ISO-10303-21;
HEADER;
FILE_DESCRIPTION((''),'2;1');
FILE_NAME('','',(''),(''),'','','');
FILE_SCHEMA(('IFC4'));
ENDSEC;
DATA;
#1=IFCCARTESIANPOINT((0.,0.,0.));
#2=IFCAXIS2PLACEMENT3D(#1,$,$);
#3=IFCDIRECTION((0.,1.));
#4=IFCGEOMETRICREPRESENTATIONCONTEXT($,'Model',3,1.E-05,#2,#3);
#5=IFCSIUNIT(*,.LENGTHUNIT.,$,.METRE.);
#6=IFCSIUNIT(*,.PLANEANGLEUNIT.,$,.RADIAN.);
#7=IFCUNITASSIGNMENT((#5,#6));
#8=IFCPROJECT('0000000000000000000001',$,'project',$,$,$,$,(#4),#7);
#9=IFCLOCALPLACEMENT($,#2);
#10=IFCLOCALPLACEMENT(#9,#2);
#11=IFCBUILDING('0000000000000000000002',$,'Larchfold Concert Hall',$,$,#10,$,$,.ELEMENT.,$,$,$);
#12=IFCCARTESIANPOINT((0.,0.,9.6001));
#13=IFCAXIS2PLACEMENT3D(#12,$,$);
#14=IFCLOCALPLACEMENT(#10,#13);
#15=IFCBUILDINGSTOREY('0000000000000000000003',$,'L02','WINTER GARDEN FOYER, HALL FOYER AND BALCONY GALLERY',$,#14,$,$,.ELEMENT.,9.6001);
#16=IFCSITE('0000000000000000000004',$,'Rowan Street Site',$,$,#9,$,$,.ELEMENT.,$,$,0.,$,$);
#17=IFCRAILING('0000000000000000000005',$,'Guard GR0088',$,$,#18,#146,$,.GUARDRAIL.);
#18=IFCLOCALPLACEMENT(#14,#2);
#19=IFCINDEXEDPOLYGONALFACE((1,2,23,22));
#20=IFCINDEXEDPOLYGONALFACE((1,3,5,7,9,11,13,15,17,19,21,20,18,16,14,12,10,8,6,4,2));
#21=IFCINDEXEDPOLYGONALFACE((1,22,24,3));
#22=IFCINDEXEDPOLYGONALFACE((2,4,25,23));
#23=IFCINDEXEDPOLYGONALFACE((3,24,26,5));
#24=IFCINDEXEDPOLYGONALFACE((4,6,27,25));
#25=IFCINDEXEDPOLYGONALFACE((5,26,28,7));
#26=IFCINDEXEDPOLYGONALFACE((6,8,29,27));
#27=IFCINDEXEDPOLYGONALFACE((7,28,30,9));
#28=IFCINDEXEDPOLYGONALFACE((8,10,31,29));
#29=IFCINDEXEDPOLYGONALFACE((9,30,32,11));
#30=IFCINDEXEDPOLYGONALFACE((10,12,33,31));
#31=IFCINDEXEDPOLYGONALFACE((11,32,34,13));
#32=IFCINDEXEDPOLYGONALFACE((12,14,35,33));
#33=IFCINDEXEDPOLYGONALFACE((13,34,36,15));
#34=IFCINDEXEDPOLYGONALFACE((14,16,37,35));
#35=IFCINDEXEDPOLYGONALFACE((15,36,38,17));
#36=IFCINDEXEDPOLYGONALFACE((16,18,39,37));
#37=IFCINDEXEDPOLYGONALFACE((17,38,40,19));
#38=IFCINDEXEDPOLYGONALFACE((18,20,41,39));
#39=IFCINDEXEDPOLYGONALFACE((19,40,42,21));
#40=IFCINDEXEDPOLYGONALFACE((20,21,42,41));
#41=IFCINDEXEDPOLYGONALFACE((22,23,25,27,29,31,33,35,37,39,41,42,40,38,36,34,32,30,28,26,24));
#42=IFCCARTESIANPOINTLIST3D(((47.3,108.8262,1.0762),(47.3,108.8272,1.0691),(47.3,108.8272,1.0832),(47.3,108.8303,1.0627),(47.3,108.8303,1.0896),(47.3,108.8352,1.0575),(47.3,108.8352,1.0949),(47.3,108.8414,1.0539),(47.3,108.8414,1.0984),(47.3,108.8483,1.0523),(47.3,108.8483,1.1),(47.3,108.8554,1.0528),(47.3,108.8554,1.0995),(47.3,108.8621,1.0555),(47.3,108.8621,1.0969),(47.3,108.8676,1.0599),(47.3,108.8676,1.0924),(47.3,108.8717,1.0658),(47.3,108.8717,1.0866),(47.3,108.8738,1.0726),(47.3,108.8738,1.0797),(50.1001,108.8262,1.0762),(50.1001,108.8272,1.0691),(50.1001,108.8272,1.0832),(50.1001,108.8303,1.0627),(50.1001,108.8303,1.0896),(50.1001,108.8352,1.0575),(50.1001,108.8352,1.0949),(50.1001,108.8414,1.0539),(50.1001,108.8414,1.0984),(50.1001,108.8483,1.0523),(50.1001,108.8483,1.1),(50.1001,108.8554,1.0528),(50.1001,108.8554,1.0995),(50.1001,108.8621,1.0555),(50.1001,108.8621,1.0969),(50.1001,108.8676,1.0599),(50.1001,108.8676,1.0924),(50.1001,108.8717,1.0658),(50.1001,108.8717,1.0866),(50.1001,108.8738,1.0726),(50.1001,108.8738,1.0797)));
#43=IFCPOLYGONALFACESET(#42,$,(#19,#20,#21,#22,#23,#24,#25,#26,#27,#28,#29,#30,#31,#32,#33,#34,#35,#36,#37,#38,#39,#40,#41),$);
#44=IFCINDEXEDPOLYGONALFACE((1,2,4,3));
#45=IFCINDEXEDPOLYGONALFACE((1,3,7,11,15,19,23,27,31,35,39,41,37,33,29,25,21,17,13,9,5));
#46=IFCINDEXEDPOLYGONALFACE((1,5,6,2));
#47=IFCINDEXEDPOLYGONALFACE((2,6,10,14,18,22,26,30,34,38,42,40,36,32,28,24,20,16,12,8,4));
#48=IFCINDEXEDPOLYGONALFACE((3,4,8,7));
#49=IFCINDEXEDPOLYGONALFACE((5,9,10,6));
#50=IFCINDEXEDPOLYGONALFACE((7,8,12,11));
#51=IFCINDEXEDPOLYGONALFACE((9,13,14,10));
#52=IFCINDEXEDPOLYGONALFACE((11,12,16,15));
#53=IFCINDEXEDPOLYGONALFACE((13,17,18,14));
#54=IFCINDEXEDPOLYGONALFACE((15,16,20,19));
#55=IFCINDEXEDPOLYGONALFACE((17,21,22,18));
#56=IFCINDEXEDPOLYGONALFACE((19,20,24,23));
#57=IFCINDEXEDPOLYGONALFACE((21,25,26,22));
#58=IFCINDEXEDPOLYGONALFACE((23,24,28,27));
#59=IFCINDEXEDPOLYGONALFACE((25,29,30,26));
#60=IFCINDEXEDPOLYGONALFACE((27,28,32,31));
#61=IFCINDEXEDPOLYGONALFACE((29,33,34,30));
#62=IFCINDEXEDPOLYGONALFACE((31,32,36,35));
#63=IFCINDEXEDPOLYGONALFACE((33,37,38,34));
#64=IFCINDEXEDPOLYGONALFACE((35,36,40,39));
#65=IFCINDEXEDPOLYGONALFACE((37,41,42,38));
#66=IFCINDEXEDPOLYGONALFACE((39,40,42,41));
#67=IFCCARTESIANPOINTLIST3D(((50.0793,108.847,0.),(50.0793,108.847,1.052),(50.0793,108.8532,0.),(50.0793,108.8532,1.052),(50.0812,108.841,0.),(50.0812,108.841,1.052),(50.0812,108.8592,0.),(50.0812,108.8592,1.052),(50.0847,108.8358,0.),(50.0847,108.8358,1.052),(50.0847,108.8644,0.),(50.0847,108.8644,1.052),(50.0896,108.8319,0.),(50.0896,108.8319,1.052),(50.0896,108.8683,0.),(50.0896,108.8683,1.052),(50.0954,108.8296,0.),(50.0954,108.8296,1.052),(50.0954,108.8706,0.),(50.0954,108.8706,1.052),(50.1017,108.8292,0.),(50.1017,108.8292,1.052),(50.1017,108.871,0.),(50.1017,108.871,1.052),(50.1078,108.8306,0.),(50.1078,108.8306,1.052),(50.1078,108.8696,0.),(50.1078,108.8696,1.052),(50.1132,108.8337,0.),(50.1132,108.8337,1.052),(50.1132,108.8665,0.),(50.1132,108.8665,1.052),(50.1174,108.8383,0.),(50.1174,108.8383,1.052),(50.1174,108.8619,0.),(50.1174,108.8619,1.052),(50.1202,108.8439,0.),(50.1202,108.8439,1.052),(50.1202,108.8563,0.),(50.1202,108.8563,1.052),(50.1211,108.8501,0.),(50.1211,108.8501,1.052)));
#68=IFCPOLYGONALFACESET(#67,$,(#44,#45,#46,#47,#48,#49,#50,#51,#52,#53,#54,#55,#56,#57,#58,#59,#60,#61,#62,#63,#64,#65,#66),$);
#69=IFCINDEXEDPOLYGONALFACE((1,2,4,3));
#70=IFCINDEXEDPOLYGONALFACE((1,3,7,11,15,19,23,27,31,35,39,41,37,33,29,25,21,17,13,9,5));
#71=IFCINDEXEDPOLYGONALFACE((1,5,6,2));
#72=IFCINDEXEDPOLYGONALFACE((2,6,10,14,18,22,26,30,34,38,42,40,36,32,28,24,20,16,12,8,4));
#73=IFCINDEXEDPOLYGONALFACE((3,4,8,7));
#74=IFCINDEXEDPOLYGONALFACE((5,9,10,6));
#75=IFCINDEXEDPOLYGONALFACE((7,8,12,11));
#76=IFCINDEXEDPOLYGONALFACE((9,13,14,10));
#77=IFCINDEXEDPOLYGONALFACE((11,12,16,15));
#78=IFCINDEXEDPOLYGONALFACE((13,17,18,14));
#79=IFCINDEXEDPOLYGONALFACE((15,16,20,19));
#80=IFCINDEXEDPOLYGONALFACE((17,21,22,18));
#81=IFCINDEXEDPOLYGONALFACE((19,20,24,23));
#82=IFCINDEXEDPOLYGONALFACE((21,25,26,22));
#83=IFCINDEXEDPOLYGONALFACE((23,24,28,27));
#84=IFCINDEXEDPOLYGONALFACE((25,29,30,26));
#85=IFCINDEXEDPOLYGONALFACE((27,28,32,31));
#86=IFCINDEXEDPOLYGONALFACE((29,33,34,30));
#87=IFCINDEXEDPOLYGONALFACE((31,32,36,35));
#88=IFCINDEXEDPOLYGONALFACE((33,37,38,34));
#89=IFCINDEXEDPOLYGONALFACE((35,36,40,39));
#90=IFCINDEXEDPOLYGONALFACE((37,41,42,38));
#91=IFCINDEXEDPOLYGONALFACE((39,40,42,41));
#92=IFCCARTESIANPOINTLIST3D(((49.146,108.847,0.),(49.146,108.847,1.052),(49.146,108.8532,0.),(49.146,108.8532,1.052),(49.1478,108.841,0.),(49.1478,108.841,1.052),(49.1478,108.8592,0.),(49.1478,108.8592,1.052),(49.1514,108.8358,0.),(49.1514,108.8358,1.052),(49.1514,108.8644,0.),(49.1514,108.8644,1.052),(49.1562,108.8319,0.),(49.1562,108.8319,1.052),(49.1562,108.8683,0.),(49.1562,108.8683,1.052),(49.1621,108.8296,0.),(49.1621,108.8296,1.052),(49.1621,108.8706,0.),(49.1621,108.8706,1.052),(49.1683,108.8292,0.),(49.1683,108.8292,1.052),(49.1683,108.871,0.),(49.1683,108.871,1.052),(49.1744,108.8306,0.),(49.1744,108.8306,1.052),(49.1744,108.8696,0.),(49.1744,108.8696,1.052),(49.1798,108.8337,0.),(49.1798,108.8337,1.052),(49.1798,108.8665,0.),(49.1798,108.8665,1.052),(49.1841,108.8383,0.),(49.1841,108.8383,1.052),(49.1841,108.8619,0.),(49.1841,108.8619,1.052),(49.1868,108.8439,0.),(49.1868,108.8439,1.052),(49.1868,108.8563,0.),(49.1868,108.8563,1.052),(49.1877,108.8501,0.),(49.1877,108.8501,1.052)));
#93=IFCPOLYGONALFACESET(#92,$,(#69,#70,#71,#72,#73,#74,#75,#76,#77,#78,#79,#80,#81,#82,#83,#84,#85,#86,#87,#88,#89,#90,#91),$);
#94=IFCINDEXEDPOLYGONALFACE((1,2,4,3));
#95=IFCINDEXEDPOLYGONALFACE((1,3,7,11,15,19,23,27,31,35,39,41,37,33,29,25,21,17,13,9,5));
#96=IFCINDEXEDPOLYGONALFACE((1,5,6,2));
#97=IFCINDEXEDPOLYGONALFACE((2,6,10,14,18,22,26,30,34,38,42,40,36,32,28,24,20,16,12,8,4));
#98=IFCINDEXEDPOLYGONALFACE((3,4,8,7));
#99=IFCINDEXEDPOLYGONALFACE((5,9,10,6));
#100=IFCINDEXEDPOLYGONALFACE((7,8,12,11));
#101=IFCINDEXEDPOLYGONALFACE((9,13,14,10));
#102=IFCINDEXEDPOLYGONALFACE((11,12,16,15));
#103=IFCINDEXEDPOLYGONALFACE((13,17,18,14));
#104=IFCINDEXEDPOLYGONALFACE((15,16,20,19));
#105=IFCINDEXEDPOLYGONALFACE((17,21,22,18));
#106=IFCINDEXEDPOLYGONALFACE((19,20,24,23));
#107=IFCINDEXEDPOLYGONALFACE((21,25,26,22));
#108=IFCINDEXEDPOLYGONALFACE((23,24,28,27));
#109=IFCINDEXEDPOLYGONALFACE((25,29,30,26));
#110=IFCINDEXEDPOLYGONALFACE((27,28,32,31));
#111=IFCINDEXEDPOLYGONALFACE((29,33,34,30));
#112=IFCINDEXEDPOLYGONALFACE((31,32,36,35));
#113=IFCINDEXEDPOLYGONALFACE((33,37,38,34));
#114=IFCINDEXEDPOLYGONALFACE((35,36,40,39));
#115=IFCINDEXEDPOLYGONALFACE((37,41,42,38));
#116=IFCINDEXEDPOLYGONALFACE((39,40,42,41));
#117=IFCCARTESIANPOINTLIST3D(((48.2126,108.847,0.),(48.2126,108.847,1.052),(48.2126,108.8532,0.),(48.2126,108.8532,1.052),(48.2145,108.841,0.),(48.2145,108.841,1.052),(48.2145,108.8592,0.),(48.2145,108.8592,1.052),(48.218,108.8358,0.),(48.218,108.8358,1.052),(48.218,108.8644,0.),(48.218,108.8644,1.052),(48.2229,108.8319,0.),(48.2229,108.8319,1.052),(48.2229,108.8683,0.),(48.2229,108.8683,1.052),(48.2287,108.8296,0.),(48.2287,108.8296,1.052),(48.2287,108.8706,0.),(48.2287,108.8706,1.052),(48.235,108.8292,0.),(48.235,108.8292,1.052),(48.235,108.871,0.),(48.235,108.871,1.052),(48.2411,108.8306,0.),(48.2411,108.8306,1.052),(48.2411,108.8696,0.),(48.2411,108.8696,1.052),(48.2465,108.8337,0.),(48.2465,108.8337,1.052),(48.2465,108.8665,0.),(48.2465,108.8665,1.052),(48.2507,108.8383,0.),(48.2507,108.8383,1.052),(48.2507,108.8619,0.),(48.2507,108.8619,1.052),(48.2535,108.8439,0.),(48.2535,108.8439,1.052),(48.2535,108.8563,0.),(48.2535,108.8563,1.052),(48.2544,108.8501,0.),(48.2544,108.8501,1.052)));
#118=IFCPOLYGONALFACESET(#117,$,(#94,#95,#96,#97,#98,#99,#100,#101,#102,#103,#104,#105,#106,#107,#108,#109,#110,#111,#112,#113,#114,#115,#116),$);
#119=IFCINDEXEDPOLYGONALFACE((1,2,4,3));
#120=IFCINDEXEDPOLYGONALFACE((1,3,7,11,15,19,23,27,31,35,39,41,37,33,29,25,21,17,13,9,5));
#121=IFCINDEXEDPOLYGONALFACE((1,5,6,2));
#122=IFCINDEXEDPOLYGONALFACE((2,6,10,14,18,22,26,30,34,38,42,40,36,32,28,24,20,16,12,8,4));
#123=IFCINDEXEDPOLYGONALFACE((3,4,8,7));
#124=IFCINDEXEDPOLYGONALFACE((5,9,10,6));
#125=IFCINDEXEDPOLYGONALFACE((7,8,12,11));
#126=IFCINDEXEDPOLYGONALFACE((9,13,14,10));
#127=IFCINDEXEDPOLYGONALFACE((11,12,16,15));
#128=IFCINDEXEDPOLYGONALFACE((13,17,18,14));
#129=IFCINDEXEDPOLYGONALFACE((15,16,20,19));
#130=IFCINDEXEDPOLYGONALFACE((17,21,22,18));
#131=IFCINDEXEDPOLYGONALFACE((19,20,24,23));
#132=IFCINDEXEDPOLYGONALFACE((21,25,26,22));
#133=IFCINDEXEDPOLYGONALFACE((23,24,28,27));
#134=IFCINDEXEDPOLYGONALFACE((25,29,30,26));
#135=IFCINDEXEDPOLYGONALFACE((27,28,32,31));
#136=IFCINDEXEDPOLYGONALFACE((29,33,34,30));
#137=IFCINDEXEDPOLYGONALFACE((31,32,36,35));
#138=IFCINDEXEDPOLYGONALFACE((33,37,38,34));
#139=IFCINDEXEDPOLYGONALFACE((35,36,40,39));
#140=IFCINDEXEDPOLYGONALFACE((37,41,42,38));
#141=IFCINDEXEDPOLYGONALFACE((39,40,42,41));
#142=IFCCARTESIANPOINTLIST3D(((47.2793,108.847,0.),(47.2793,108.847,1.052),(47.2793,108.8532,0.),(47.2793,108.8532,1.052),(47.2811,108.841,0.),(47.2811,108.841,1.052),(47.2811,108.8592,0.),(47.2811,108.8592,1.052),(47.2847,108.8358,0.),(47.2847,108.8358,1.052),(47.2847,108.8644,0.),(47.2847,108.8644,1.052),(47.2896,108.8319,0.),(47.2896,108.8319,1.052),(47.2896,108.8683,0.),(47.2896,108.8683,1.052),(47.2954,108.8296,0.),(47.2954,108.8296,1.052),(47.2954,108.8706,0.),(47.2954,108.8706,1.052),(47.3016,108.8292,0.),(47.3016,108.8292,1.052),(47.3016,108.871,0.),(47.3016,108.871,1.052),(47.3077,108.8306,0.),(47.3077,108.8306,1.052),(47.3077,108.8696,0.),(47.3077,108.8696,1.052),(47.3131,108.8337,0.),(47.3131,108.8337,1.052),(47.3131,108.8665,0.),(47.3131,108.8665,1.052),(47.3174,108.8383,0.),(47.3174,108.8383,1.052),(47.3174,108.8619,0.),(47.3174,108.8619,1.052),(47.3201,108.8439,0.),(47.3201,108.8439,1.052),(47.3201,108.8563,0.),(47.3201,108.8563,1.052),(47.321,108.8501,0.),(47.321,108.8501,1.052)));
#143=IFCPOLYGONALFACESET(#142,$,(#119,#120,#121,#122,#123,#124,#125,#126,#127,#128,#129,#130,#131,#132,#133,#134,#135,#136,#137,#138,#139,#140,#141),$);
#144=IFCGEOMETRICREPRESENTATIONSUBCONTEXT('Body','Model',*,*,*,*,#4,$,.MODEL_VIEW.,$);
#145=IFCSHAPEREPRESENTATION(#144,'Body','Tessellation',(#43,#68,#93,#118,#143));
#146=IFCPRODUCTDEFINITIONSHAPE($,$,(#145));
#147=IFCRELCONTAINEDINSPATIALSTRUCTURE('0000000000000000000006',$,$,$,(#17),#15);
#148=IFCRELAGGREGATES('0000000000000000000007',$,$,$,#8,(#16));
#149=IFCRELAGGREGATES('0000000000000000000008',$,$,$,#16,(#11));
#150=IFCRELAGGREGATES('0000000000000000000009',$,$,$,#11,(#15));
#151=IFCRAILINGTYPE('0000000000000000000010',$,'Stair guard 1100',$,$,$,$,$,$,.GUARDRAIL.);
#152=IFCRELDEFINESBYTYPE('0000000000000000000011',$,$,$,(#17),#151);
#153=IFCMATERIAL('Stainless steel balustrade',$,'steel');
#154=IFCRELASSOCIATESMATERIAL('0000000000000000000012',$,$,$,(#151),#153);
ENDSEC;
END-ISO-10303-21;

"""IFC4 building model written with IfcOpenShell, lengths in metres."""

from ifc_helpers import new_model, si_unit, direction, frame, origin, origin_2d, place, context, subcontext, project, spatial, circle, extrude, material, type_object, element, save


model = new_model("IFC4")

# Units and contexts
model_context = context("Model", 3, precision=1e-05, world=origin(), true_north=direction((0.0, 1.0)))
body_context = subcontext(model_context, "Body", "Model", "MODEL_VIEW")
ifc_project = project(units=[si_unit("LENGTHUNIT", "METRE"), si_unit("PLANEANGLEUNIT", "RADIAN")], contexts=[model_context])

# Site, building, storey
site_placement = place(None, origin())
site = spatial("IfcSite", under=ifc_project, at=site_placement, Name="Rowan Street Site", CompositionType="ELEMENT", RefElevation=0.0)
building_placement = place(site_placement, origin())
building = spatial("IfcBuilding", under=site, at=building_placement, Name="Larchfold Concert Hall", CompositionType="ELEMENT")
storey_placement = place(building_placement, frame((0.0, 0.0, 9.6001)))
storey = spatial("IfcBuildingStorey", under=building, at=storey_placement, Name="L02", Description="WINTER GARDEN FOYER, HALL FOYER AND BALCONY GALLERY", CompositionType="ELEMENT", Elevation=9.6001)

# Railing
ifc_material_1 = material(Name="Stainless steel balustrade", Category="steel")
railing_type_1 = type_object("IfcRailingType", Name="Stair guard 1100", PredefinedType="GUARDRAIL", material=ifc_material_1)
railing_1_placement = place(storey_placement, frame((50.1001, 108.8501, 0.0)))
element("IfcRailing", 1, at=railing_1_placement, inside=storey, type_object=railing_type_1, Name="Guard GR0088", PredefinedType="GUARDRAIL", context=body_context, shape_type="SweptSolid", body=[
    extrude(circle(Radius=0.0239, at=origin_2d()), frame((0.0, 0.0, 1.0762), z_axis=(-1.0, 0.0, 0.0), x_axis=(0.0, -1.0, 0.0)), (0.0, 0.0, 1.0), 2.8),
    extrude(circle(Radius=0.021, at=origin_2d()), origin(), (0.0, 0.0, 1.0), 1.052),
    extrude(circle(Radius=0.021, at=origin_2d()), frame((-0.9333, 0.0, 0.0)), (0.0, 0.0, 1.0), 1.052),
    extrude(circle(Radius=0.021, at=origin_2d()), frame((-1.8667, 0.0, 0.0)), (0.0, 0.0, 1.0), 1.052),
    extrude(circle(Radius=0.021, at=origin_2d()), frame((-2.8, 0.0, 0.0)), (0.0, 0.0, 1.0), 1.052),
])

save(model, "model.ifc")
